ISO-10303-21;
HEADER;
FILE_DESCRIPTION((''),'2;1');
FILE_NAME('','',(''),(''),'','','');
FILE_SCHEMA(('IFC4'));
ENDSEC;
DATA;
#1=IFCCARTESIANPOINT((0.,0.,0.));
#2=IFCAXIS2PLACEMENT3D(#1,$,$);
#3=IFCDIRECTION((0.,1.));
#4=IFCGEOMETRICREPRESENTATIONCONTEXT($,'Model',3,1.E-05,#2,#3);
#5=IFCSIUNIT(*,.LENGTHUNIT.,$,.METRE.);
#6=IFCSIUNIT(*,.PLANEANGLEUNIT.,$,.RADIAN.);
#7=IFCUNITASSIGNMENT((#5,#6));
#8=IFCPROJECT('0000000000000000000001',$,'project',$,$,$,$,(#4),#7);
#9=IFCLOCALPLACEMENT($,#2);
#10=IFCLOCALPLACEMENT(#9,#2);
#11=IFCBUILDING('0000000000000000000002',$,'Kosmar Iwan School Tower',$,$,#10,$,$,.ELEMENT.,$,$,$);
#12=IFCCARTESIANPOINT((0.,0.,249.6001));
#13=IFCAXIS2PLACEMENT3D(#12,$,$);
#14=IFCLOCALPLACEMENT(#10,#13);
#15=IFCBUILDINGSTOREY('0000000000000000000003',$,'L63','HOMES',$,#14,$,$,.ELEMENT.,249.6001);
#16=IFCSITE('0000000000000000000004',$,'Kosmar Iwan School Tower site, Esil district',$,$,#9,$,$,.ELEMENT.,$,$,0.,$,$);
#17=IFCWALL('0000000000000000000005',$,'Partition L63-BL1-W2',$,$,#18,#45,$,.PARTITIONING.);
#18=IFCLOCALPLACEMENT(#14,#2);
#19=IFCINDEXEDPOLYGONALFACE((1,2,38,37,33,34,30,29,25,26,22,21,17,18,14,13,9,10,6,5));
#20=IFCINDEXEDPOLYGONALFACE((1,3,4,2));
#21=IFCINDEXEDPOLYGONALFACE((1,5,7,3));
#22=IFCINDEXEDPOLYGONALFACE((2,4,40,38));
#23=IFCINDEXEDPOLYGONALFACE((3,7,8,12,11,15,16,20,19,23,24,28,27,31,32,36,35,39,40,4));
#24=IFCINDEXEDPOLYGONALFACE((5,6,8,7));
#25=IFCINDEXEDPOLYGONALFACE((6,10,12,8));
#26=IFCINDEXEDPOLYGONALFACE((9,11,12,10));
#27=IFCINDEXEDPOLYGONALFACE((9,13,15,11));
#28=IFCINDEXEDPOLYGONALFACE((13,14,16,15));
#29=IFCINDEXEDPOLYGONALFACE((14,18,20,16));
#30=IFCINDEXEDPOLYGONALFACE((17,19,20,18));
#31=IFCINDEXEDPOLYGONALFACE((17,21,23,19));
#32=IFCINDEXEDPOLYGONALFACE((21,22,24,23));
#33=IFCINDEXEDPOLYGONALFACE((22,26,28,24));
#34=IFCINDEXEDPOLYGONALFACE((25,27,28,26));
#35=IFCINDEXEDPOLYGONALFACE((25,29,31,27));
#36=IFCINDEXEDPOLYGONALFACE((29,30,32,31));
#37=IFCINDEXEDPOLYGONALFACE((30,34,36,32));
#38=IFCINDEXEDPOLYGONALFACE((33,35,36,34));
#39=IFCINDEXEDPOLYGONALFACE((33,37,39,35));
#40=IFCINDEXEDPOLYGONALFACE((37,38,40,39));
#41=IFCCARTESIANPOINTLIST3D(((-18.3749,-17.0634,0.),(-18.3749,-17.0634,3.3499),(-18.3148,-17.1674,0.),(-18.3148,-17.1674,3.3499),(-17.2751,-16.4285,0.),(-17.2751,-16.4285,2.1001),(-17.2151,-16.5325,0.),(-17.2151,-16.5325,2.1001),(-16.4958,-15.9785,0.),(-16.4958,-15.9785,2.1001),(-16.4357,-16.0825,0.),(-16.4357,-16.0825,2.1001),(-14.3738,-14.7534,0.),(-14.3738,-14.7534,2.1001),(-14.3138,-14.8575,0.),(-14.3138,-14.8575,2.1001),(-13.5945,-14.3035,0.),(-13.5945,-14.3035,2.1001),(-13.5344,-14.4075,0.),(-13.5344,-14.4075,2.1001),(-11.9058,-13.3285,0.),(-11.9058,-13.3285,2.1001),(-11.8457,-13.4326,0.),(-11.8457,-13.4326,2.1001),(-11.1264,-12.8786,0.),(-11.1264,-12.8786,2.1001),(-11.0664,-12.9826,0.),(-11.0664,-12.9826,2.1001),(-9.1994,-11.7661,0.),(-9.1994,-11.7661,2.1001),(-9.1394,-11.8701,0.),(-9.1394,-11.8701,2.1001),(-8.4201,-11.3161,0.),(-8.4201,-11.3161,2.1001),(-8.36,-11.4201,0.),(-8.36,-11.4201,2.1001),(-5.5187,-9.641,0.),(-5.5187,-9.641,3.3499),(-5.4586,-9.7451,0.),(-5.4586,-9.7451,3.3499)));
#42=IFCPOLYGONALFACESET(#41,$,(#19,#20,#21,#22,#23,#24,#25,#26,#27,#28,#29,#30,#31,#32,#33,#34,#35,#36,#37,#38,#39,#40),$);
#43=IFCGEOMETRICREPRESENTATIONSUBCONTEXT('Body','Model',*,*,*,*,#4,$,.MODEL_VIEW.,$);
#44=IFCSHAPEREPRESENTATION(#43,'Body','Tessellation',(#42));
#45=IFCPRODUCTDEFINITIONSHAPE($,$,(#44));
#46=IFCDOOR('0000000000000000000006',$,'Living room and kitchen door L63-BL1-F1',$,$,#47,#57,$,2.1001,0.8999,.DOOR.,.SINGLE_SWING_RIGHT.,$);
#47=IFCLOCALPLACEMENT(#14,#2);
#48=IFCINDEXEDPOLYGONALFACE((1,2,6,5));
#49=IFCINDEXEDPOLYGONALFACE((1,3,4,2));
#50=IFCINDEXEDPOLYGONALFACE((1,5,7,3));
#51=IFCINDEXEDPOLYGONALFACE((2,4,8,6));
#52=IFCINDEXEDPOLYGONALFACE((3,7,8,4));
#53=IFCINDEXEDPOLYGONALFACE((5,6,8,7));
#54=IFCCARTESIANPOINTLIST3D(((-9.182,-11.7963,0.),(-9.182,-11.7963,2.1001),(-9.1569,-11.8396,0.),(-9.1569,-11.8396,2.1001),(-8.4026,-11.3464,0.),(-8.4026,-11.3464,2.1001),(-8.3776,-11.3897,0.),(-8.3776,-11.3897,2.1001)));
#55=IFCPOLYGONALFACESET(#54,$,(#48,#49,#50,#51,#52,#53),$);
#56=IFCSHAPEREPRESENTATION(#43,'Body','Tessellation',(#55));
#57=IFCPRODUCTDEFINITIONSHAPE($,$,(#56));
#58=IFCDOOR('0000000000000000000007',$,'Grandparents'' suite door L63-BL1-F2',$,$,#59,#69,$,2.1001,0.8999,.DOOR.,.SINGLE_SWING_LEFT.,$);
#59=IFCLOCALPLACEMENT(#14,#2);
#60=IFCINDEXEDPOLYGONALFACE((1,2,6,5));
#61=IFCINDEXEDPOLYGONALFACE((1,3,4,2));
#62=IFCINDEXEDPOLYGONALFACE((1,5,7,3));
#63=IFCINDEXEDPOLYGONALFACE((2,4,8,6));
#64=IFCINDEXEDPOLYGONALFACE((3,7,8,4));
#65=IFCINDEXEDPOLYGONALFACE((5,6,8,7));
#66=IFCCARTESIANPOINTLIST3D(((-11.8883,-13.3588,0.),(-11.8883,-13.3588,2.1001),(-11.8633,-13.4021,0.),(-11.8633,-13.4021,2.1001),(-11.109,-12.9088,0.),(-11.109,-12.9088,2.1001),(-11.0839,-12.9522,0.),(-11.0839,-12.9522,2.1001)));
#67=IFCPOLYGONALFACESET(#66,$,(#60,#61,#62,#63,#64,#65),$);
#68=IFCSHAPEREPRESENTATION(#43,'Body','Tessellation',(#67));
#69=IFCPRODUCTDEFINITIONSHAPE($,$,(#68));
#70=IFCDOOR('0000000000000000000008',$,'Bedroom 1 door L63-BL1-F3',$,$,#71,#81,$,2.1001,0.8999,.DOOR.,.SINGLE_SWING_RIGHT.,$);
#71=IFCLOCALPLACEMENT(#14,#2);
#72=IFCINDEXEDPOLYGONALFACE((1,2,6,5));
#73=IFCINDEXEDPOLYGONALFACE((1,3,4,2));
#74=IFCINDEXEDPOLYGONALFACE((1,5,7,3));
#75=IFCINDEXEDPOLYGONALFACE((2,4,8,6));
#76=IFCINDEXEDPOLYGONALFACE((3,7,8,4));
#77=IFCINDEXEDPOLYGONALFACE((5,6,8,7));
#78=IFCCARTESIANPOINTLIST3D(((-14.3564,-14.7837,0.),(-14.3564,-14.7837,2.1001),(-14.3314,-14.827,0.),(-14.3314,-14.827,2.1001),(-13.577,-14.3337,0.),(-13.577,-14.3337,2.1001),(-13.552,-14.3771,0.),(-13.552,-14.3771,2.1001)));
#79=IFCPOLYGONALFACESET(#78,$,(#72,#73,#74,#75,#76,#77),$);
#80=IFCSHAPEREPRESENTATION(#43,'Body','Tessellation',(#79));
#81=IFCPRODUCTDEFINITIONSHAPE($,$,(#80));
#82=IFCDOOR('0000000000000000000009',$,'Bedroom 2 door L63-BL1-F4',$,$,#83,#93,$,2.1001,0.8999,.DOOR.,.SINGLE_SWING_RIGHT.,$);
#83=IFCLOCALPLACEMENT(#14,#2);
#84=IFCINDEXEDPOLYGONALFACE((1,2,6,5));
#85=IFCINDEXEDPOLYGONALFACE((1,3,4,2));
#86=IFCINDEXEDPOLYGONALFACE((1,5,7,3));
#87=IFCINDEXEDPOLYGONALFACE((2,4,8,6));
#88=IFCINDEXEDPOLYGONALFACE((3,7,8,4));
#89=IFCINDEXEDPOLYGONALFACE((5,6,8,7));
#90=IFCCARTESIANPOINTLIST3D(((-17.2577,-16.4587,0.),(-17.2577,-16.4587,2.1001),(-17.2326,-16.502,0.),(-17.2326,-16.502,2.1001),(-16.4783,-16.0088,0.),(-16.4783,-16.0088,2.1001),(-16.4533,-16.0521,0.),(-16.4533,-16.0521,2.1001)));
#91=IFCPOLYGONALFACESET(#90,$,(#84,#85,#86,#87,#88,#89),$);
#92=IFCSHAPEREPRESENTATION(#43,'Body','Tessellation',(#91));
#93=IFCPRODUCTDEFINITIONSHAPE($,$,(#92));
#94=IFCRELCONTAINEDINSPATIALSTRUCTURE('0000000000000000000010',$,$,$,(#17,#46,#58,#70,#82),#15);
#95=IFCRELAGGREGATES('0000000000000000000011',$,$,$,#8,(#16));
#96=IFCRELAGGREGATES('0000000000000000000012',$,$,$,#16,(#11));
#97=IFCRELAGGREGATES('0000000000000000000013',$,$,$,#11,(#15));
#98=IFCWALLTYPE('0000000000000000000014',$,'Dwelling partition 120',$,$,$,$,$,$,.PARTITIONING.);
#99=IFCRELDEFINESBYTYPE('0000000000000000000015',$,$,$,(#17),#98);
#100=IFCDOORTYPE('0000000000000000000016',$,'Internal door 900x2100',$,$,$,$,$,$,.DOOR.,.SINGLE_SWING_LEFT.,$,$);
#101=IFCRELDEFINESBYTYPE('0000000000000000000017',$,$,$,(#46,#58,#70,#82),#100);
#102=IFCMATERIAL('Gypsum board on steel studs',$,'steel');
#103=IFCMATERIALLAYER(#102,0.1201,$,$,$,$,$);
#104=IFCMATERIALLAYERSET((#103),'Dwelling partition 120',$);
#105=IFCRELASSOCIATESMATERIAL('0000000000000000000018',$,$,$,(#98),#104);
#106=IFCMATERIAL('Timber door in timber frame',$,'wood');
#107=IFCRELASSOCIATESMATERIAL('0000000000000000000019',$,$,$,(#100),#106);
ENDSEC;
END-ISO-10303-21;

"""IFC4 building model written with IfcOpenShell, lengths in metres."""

from ifc_helpers import new_model, si_unit, direction, frame, frame_2d, origin, place, context, subcontext, project, spatial, rectangle, extrude, material, layer, layer_set, type_object, element, fill, save


model = new_model("IFC4")

# Units and contexts
model_context = context("Model", 3, precision=1e-05, world=origin(), true_north=direction((0.0, 1.0)))
body_context = subcontext(model_context, "Body", "Model", "MODEL_VIEW")
ifc_project = project(units=[si_unit("LENGTHUNIT", "METRE"), si_unit("PLANEANGLEUNIT", "RADIAN")], contexts=[model_context])

# Site, building, storey
site_placement = place(None, origin())
site = spatial("IfcSite", under=ifc_project, at=site_placement, Name="Kosmar Iwan School Tower site, Esil district", CompositionType="ELEMENT", RefElevation=0.0)
building_placement = place(site_placement, origin())
building = spatial("IfcBuilding", under=site, at=building_placement, Name="Kosmar Iwan School Tower", CompositionType="ELEMENT")
storey_placement = place(building_placement, frame((0.0, 0.0, 249.6001)))
storey = spatial("IfcBuildingStorey", under=building, at=storey_placement, Name="L63", Description="HOMES", CompositionType="ELEMENT", Elevation=249.6001)

# Wall, openings, doors
ifc_material_1 = material(Name="Gypsum board on steel studs", Category="steel")
ifc_layer_1 = layer(ifc_material_1, 0.1201)
ifc_layer_set_1 = layer_set([ifc_layer_1], Name="Dwelling partition 120")
wall_type_1 = type_object("IfcWallType", Name="Dwelling partition 120", PredefinedType="PARTITIONING", material=ifc_layer_set_1)
wall_1_placement = place(storey_placement, frame((-5.4888, -9.6931, 0.0), z_axis=(0.0, 0.0, 1.0), x_axis=(-0.86603, -0.499992, 0.0)))
wall_1 = element("IfcWall", 1, at=wall_1_placement, inside=storey, type_object=wall_type_1, Name="Partition L63-BL1-W2", PredefinedType="PARTITIONING", context=body_context, shape_type="SweptSolid", body=[
    extrude(rectangle(XDim=14.845, YDim=0.1201, at=frame_2d((7.4224, 0.0))), origin(), (0.0, 0.0, 1.0), 3.3499),
])
opening_1_placement = place(wall_1_placement, frame((3.3501, 0.0, 0.0)))
opening_1 = element("IfcOpeningElement", 2, at=opening_1_placement, cuts=wall_1, PredefinedType="OPENING", context=body_context, shape_type="SweptSolid", body=[
    extrude(rectangle(XDim=0.8999, YDim=2.1001, at=frame_2d((0.45, 1.05))), frame((0.0, 0.072, 0.0), z_axis=(0.0, -1.0, 0.0), x_axis=(1.0, 0.0, 0.0)), (0.0, 0.0, 1.0), 0.144),
])
opening_2_placement = place(wall_1_placement, frame((6.4751, 0.0, 0.0)))
opening_2 = element("IfcOpeningElement", 3, at=opening_2_placement, cuts=wall_1, PredefinedType="OPENING", context=body_context, shape_type="SweptSolid", body=[
    extrude(rectangle(XDim=0.8999, YDim=2.1001, at=frame_2d((0.45, 1.05))), frame((0.0, 0.072, 0.0), z_axis=(0.0, -1.0, 0.0), x_axis=(1.0, 0.0, 0.0)), (0.0, 0.0, 1.0), 0.144),
])
opening_3_placement = place(wall_1_placement, frame((9.325, 0.0, 0.0)))
opening_3 = element("IfcOpeningElement", 4, at=opening_3_placement, cuts=wall_1, PredefinedType="OPENING", context=body_context, shape_type="SweptSolid", body=[
    extrude(rectangle(XDim=0.8999, YDim=2.1001, at=frame_2d((0.45, 1.05))), frame((0.0, 0.072, 0.0), z_axis=(0.0, -1.0, 0.0), x_axis=(1.0, 0.0, 0.0)), (0.0, 0.0, 1.0), 0.144),
])
opening_4_placement = place(wall_1_placement, frame((12.675, 0.0, 0.0)))
opening_4 = element("IfcOpeningElement", 5, at=opening_4_placement, cuts=wall_1, PredefinedType="OPENING", context=body_context, shape_type="SweptSolid", body=[
    extrude(rectangle(XDim=0.8999, YDim=2.1001, at=frame_2d((0.45, 1.05))), frame((0.0, 0.072, 0.0), z_axis=(0.0, -1.0, 0.0), x_axis=(1.0, 0.0, 0.0)), (0.0, 0.0, 1.0), 0.144),
])
ifc_material_2 = material(Name="Timber door in timber frame", Category="wood")
door_type_1 = type_object("IfcDoorType", Name="Internal door 900x2100", OperationType="SINGLE_SWING_LEFT", PredefinedType="DOOR", material=ifc_material_2)
door_1_placement = place(opening_1_placement, origin())
door_1 = element("IfcDoor", 6, at=door_1_placement, inside=storey, type_object=door_type_1, Name="Living room and kitchen door L63-BL1-F1", OperationType="SINGLE_SWING_RIGHT", OverallHeight=2.1001, OverallWidth=0.8999, PredefinedType="DOOR", context=body_context, shape_type="SweptSolid", body=[
    extrude(rectangle(XDim=0.8999, YDim=2.1001, at=frame_2d((0.45, 1.05))), frame((0.0, 0.0249, 0.0), z_axis=(0.0, -1.0, 0.0), x_axis=(1.0, 0.0, 0.0)), (0.0, 0.0, 1.0), 0.05),
])
fill(opening_1, door_1)
door_2_placement = place(opening_2_placement, origin())
door_2 = element("IfcDoor", 7, at=door_2_placement, inside=storey, type_object=door_type_1, Name="Grandparents' suite door L63-BL1-F2", OperationType="SINGLE_SWING_LEFT", OverallHeight=2.1001, OverallWidth=0.8999, PredefinedType="DOOR", context=body_context, shape_type="SweptSolid", body=[
    extrude(rectangle(XDim=0.8999, YDim=2.1001, at=frame_2d((0.45, 1.05))), frame((0.0, 0.0249, 0.0), z_axis=(0.0, -1.0, 0.0), x_axis=(1.0, 0.0, 0.0)), (0.0, 0.0, 1.0), 0.05),
])
fill(opening_2, door_2)
door_3_placement = place(opening_3_placement, origin())
door_3 = element("IfcDoor", 8, at=door_3_placement, inside=storey, type_object=door_type_1, Name="Bedroom 1 door L63-BL1-F3", OperationType="SINGLE_SWING_RIGHT", OverallHeight=2.1001, OverallWidth=0.8999, PredefinedType="DOOR", context=body_context, shape_type="SweptSolid", body=[
    extrude(rectangle(XDim=0.8999, YDim=2.1001, at=frame_2d((0.45, 1.05))), frame((0.0, 0.0249, 0.0), z_axis=(0.0, -1.0, 0.0), x_axis=(1.0, 0.0, 0.0)), (0.0, 0.0, 1.0), 0.05),
])
fill(opening_3, door_3)
door_4_placement = place(opening_4_placement, origin())
door_4 = element("IfcDoor", 9, at=door_4_placement, inside=storey, type_object=door_type_1, Name="Bedroom 2 door L63-BL1-F4", OperationType="SINGLE_SWING_RIGHT", OverallHeight=2.1001, OverallWidth=0.8999, PredefinedType="DOOR", context=body_context, shape_type="SweptSolid", body=[
    extrude(rectangle(XDim=0.8999, YDim=2.1001, at=frame_2d((0.45, 1.05))), frame((0.0, 0.0249, 0.0), z_axis=(0.0, -1.0, 0.0), x_axis=(1.0, 0.0, 0.0)), (0.0, 0.0, 1.0), 0.05),
])
fill(opening_4, door_4)

save(model, "model.ifc")
